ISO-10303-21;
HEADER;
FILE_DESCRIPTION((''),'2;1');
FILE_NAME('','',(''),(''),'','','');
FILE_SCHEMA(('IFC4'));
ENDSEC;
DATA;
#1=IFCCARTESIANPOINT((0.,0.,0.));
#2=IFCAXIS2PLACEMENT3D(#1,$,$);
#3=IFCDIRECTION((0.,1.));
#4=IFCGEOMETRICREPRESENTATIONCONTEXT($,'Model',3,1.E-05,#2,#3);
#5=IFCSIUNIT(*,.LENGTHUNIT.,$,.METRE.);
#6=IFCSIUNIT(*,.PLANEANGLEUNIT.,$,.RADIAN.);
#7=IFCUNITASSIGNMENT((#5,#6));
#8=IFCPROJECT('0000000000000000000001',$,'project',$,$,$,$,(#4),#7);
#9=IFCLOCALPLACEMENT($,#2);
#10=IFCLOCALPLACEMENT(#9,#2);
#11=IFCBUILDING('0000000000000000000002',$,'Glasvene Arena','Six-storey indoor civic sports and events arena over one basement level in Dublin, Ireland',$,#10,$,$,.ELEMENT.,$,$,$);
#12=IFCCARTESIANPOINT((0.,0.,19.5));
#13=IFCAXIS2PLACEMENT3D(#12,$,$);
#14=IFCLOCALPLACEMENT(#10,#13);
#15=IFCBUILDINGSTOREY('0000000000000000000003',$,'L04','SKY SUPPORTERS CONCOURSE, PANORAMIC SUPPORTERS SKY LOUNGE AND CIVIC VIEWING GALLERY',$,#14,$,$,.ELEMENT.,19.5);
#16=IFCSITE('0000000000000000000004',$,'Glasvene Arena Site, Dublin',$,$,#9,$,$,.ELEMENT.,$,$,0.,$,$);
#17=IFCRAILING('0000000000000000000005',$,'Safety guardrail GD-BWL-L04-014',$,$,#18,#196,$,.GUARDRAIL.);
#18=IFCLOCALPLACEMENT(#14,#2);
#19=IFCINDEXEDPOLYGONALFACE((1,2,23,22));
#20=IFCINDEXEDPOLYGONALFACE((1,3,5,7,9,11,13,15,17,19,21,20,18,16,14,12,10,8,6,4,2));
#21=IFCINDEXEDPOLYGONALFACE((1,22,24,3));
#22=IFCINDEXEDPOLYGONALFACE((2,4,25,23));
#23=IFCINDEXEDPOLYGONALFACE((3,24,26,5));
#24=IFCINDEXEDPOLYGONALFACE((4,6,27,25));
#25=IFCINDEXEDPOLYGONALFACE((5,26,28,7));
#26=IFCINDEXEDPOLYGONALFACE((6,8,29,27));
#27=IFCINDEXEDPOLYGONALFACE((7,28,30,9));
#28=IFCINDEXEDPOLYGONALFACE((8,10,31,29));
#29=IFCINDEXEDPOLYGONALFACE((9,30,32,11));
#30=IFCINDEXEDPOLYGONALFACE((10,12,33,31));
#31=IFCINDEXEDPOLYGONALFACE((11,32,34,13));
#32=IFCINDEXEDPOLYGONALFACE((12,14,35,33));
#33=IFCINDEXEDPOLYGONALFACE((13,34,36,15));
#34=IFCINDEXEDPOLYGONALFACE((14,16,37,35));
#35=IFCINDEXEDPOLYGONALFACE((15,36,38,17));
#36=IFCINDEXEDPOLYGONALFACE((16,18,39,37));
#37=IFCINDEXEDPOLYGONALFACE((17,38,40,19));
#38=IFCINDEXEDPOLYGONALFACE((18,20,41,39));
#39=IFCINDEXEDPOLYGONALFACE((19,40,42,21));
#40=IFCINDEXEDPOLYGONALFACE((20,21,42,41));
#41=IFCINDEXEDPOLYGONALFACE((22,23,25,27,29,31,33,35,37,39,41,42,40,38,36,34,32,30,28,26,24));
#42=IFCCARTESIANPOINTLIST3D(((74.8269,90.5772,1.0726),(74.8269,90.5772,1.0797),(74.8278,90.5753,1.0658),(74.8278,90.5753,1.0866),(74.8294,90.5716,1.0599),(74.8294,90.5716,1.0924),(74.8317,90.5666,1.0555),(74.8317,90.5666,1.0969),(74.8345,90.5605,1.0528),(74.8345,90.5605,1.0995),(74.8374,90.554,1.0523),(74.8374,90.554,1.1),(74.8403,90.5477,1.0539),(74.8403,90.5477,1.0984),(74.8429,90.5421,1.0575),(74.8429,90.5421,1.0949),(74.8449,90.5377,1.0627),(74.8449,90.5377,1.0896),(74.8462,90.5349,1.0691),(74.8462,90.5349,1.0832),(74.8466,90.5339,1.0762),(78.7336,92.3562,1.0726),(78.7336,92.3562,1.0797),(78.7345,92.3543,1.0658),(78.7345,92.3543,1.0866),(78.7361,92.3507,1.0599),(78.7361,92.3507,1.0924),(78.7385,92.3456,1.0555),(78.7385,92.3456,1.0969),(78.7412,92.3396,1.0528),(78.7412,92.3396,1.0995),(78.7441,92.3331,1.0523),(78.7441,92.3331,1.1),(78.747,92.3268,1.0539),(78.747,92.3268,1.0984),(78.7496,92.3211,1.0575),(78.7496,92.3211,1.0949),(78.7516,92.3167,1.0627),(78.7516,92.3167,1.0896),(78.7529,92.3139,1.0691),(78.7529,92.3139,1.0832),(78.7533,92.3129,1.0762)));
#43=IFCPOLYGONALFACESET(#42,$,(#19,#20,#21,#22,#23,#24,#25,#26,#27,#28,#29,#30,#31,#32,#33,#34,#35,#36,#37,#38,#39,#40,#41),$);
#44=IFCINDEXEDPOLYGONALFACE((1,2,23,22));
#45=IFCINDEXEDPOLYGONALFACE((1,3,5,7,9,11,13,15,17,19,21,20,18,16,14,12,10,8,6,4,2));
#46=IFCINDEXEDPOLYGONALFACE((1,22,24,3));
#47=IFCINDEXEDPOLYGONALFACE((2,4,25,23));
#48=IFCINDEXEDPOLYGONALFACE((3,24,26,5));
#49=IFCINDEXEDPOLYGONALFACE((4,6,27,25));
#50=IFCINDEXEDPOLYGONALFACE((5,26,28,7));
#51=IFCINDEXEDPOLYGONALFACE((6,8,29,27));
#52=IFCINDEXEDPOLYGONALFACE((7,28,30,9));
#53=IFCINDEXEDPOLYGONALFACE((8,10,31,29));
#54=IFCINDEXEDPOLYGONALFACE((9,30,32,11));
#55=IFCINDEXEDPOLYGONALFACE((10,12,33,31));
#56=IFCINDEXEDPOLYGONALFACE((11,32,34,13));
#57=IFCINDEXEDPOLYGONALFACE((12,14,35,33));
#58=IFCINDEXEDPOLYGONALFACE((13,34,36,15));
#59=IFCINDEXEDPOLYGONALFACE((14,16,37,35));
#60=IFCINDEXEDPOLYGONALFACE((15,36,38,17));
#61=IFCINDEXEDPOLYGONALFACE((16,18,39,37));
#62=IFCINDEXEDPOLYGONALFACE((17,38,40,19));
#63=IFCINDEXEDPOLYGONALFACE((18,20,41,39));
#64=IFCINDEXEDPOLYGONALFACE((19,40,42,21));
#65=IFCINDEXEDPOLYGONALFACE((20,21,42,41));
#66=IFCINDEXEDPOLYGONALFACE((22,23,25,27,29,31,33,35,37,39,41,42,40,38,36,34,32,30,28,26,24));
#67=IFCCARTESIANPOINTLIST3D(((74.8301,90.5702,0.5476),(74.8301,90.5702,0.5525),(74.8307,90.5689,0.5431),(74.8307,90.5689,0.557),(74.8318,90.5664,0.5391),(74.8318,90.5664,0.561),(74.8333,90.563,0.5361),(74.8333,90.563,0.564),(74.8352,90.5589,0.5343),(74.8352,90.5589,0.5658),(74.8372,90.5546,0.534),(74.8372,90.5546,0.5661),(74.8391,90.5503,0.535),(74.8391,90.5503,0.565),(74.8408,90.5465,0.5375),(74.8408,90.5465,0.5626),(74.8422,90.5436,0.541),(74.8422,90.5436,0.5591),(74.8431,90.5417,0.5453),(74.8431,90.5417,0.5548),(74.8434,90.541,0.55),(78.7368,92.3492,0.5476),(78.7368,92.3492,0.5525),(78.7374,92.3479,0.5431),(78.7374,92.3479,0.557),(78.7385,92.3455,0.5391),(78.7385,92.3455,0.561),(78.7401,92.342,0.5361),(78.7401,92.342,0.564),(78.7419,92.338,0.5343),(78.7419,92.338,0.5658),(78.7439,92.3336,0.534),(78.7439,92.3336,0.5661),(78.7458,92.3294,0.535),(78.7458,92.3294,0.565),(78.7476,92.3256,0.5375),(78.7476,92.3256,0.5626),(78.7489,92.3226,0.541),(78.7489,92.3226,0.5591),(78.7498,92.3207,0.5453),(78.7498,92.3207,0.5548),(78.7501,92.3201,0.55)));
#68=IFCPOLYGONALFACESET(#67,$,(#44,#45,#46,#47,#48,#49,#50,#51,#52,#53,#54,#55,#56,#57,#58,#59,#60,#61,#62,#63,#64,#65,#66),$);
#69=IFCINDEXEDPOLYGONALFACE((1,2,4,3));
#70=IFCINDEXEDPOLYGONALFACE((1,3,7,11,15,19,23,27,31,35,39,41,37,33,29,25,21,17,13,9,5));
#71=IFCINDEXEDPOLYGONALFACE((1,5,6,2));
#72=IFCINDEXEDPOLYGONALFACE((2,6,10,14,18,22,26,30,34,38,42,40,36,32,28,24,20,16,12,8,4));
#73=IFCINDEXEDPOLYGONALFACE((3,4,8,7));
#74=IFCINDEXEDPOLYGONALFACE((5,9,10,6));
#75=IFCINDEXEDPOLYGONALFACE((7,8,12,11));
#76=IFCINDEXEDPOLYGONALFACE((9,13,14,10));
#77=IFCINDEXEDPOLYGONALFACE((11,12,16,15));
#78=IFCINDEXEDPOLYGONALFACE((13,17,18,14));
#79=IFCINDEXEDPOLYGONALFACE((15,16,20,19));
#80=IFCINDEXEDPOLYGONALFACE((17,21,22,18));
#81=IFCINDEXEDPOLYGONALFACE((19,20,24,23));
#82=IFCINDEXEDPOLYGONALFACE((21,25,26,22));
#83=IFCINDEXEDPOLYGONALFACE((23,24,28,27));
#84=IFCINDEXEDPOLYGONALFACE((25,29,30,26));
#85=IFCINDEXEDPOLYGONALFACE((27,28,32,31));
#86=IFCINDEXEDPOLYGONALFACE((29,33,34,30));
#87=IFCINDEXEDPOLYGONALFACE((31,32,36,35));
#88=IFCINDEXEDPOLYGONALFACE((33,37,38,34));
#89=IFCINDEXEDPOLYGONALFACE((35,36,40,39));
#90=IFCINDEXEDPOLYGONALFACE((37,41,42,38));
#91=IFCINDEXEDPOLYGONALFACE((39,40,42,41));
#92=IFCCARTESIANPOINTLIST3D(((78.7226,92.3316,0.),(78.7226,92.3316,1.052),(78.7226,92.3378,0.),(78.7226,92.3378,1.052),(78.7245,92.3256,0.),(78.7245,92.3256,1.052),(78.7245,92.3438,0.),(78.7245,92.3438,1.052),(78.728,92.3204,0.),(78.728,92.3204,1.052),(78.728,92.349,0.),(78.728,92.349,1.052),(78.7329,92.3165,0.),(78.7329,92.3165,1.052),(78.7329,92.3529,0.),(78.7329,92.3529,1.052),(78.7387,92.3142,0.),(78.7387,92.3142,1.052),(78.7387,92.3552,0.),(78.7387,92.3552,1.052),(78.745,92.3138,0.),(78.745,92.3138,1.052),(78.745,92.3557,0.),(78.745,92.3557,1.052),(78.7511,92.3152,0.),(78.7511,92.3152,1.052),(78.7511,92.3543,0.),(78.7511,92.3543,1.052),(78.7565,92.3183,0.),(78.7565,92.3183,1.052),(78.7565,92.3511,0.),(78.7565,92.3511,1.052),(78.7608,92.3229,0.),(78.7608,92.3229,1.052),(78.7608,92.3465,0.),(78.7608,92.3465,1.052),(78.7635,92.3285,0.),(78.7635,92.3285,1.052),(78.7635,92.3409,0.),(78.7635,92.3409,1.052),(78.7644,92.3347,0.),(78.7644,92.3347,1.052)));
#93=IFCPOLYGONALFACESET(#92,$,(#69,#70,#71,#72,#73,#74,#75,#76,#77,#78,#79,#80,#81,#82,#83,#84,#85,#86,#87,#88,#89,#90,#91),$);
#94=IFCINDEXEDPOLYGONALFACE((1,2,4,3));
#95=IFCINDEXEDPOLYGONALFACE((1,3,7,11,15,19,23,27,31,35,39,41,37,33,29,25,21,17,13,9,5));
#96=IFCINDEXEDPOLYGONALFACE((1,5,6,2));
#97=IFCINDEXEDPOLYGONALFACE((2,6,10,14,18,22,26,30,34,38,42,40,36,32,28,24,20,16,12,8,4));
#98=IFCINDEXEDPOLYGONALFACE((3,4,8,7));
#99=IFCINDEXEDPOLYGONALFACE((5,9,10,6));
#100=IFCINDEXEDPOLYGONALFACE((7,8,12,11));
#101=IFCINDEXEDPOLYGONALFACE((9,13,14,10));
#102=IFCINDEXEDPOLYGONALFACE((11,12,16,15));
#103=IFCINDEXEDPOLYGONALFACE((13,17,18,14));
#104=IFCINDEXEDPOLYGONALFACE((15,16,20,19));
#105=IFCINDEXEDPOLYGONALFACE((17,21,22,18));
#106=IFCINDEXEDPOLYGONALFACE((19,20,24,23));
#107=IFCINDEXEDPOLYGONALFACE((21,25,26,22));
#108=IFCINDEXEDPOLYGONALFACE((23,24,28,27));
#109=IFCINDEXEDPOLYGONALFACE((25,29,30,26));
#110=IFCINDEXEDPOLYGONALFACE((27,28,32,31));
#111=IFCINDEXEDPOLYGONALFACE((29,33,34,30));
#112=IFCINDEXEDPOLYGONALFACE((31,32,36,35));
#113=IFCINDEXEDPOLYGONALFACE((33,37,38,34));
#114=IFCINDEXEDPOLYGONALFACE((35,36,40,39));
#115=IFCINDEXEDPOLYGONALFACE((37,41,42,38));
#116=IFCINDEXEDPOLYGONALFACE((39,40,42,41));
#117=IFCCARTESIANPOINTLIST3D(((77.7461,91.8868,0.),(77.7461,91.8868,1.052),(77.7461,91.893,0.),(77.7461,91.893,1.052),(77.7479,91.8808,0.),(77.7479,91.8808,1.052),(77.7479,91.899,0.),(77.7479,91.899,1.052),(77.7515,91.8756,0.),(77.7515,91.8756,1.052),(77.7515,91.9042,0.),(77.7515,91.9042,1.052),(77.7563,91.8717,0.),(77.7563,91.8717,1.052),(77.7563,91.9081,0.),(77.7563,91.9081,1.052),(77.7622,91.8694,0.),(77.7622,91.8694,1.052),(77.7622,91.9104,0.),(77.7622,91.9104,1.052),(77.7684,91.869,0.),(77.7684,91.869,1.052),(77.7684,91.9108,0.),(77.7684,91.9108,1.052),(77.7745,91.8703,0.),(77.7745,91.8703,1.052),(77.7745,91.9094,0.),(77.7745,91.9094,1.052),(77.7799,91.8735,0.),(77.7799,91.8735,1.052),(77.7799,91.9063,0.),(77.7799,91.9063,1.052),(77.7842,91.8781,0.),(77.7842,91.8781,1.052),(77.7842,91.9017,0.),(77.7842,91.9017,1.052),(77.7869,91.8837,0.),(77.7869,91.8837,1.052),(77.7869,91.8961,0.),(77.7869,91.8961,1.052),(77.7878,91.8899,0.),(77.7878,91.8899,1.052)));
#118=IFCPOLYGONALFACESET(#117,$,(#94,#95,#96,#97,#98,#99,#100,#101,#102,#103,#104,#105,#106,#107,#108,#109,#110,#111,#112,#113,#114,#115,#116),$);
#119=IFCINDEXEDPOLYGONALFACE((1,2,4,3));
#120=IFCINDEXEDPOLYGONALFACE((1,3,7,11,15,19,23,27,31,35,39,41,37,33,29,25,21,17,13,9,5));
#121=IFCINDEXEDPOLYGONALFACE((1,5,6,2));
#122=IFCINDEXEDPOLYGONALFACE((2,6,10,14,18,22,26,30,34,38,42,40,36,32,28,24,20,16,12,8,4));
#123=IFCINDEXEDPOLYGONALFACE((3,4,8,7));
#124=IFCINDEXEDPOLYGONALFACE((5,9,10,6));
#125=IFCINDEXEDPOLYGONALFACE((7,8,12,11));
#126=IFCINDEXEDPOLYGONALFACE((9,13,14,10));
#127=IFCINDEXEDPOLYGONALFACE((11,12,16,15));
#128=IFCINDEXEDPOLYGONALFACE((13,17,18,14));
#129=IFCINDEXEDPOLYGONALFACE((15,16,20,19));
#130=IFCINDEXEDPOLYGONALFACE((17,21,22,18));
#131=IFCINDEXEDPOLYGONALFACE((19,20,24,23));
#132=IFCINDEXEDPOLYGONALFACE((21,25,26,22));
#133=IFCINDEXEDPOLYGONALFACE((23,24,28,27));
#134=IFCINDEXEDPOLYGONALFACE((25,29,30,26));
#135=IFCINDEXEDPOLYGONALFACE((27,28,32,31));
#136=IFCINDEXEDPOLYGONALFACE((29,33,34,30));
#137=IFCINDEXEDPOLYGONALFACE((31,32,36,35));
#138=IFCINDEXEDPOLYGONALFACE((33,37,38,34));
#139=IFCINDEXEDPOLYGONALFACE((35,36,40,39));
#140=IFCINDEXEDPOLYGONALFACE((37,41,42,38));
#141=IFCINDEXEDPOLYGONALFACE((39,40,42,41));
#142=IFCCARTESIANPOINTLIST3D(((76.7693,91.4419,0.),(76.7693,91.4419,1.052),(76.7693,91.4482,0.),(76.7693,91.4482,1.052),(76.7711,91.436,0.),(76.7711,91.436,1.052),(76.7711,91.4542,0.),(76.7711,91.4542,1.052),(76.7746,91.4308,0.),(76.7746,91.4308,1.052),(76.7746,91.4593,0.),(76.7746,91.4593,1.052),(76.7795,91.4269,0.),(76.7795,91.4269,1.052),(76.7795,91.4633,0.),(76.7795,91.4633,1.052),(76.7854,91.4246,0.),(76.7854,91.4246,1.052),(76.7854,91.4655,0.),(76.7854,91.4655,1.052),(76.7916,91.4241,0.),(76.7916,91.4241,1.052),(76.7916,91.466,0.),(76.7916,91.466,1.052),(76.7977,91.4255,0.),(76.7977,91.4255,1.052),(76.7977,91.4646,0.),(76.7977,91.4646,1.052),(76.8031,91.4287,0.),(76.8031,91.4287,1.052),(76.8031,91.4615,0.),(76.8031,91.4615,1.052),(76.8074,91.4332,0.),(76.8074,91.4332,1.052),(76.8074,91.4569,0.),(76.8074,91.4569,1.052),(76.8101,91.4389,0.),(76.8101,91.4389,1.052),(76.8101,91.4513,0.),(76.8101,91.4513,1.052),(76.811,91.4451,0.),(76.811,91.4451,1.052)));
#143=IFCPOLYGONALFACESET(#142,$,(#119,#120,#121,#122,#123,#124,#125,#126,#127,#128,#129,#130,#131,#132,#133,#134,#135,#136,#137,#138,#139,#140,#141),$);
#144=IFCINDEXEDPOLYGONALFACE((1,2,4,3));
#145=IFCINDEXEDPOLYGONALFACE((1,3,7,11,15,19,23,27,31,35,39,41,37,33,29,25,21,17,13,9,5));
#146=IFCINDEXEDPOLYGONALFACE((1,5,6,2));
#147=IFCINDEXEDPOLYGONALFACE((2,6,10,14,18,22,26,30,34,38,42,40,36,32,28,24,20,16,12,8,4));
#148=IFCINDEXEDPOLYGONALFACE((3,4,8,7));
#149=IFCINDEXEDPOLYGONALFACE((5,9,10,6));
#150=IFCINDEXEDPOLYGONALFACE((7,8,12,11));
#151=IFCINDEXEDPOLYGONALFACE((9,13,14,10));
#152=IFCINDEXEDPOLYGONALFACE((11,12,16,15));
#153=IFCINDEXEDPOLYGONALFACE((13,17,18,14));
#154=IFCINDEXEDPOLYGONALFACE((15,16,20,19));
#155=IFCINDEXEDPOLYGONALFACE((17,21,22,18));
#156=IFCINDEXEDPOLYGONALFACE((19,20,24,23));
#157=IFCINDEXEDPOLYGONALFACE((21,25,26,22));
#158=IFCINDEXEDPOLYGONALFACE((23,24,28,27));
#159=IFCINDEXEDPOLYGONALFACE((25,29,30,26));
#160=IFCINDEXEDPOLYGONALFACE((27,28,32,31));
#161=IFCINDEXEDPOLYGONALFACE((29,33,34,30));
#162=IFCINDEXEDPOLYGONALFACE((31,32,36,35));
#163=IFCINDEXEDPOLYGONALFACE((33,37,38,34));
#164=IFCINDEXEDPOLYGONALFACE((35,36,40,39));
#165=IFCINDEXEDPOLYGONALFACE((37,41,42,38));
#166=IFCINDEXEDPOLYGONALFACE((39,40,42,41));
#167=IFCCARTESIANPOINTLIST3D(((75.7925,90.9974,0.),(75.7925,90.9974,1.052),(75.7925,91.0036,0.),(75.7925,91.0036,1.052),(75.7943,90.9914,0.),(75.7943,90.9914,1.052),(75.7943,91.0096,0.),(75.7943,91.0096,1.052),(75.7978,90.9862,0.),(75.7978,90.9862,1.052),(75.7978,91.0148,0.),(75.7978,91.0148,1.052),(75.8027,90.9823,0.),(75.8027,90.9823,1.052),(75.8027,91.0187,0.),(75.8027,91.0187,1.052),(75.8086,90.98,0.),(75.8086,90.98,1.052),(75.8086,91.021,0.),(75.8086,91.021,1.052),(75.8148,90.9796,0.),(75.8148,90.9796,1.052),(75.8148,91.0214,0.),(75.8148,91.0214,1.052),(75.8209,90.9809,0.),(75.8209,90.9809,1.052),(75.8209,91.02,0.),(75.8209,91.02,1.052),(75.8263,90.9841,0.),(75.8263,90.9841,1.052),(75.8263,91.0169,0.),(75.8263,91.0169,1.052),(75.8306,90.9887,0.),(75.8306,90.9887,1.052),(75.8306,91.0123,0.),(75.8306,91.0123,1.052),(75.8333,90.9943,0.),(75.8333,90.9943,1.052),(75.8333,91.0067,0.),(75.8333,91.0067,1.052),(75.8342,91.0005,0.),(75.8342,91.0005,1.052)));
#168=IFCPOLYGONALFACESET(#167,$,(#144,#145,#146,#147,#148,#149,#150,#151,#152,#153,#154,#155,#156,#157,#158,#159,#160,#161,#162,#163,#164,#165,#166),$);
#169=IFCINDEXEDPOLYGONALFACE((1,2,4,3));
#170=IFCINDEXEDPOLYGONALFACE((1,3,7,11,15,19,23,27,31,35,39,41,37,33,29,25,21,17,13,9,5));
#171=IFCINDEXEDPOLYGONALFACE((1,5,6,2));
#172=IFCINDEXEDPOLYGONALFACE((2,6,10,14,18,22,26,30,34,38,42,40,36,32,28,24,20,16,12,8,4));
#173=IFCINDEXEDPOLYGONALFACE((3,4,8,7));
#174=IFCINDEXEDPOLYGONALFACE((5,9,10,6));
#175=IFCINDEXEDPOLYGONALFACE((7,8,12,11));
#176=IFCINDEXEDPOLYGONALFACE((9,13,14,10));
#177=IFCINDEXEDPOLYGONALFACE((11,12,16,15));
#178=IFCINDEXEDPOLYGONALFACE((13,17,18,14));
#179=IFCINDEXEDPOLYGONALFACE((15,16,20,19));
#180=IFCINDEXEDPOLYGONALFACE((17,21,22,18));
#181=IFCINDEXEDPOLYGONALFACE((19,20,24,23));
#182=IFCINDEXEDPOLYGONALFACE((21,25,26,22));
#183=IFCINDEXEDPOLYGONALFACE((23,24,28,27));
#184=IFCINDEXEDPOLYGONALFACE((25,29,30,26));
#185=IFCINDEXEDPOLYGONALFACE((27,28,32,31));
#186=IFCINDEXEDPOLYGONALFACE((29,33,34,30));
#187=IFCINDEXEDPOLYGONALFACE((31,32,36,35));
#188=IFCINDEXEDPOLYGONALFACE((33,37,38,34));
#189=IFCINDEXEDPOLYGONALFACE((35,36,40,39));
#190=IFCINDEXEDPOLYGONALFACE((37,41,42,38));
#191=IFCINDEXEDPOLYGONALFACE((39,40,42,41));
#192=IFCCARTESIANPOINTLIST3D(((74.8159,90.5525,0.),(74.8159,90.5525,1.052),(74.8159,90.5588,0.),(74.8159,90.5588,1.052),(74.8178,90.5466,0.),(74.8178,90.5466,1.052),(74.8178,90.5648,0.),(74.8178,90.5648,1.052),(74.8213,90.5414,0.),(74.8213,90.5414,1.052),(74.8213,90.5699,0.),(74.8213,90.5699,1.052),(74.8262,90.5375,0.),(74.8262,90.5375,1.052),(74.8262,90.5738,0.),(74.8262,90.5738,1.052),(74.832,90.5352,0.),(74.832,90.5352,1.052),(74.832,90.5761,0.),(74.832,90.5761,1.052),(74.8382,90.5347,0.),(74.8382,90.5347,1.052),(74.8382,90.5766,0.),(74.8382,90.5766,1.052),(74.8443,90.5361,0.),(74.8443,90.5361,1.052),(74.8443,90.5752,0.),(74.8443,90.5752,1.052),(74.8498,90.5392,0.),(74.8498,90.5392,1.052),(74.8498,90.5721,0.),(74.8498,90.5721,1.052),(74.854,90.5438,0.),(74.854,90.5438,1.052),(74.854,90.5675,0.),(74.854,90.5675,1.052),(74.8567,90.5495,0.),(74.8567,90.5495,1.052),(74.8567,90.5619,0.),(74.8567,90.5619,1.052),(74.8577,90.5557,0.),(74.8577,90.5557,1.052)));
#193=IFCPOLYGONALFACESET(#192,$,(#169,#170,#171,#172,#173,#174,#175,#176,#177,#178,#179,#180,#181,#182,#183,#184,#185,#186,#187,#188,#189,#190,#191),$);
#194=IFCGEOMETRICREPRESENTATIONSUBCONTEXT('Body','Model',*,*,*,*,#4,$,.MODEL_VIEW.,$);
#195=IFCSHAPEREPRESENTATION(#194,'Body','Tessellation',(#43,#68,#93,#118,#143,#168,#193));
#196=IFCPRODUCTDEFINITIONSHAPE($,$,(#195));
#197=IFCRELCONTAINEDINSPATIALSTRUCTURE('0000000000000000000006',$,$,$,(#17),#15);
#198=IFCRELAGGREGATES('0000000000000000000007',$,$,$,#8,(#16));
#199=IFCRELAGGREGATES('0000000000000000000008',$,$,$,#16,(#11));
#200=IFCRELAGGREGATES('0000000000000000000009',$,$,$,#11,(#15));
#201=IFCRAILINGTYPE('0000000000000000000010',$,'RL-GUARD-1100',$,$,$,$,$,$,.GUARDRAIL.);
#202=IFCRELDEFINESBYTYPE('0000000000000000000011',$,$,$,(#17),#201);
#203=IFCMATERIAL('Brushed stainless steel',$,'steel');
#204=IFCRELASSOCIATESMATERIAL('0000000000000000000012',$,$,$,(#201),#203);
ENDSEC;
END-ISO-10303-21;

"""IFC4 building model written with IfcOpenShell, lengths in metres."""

from ifc_helpers import new_model, si_unit, direction, frame, origin, origin_2d, place, context, subcontext, project, spatial, circle, extrude, material, type_object, element, save


model = new_model("IFC4")

# Units and contexts
model_context = context("Model", 3, precision=1e-05, world=origin(), true_north=direction((0.0, 1.0)))
body_context = subcontext(model_context, "Body", "Model", "MODEL_VIEW")
ifc_project = project(units=[si_unit("LENGTHUNIT", "METRE"), si_unit("PLANEANGLEUNIT", "RADIAN")], contexts=[model_context])

# Site, building, storey
site_placement = place(None, origin())
site = spatial("IfcSite", under=ifc_project, at=site_placement, Name="Glasvene Arena Site, Dublin", CompositionType="ELEMENT", RefElevation=0.0)
building_placement = place(site_placement, origin())
building = spatial("IfcBuilding", under=site, at=building_placement, Name="Glasvene Arena", Description="Six-storey indoor civic sports and events arena over one basement level in Dublin, Ireland", CompositionType="ELEMENT")
storey_placement = place(building_placement, frame((0.0, 0.0, 19.5)))
storey = spatial("IfcBuildingStorey", under=building, at=storey_placement, Name="L04", Description="SKY SUPPORTERS CONCOURSE, PANORAMIC SUPPORTERS SKY LOUNGE AND CIVIC VIEWING GALLERY", CompositionType="ELEMENT", Elevation=19.5)

# Railing
ifc_material = material(Name="Brushed stainless steel", Category="steel")
railing_type = type_object("IfcRailingType", Name="RL-GUARD-1100", PredefinedType="GUARDRAIL", material=ifc_material)
railing_1_placement = place(storey_placement, frame((78.7434, 92.3347, 0.0)))
element("IfcRailing", 1, at=railing_1_placement, inside=storey, type_object=railing_type, Name="Safety guardrail GD-BWL-L04-014", PredefinedType="GUARDRAIL", context=body_context, shape_type="SweptSolid", body=[
    extrude(circle(Radius=0.0239, at=origin_2d()), frame((0.0, 0.0, 1.0762), z_axis=(-0.91008, -0.414433, 0.0), x_axis=(0.414433, -0.91008, 0.0)), (0.0, 0.0, 1.0), 4.2927),
    extrude(circle(Radius=0.0161, at=origin_2d()), frame((0.0, 0.0, 0.55), z_axis=(-0.91008, -0.414433, 0.0), x_axis=(0.414433, -0.91008, 0.0)), (0.0, 0.0, 1.0), 4.2927),
    extrude(circle(Radius=0.021, at=origin_2d()), origin(), (0.0, 0.0, 1.0), 1.052),
    extrude(circle(Radius=0.021, at=origin_2d()), frame((-0.9766, -0.4448, 0.0)), (0.0, 0.0, 1.0), 1.052),
    extrude(circle(Radius=0.021, at=origin_2d()), frame((-1.9534, -0.8896, 0.0)), (0.0, 0.0, 1.0), 1.052),
    extrude(circle(Radius=0.021, at=origin_2d()), frame((-2.9302, -1.3342, 0.0)), (0.0, 0.0, 1.0), 1.052),
    extrude(circle(Radius=0.021, at=origin_2d()), frame((-3.9067, -1.7791, 0.0)), (0.0, 0.0, 1.0), 1.052),
])

save(model, "model.ifc")
